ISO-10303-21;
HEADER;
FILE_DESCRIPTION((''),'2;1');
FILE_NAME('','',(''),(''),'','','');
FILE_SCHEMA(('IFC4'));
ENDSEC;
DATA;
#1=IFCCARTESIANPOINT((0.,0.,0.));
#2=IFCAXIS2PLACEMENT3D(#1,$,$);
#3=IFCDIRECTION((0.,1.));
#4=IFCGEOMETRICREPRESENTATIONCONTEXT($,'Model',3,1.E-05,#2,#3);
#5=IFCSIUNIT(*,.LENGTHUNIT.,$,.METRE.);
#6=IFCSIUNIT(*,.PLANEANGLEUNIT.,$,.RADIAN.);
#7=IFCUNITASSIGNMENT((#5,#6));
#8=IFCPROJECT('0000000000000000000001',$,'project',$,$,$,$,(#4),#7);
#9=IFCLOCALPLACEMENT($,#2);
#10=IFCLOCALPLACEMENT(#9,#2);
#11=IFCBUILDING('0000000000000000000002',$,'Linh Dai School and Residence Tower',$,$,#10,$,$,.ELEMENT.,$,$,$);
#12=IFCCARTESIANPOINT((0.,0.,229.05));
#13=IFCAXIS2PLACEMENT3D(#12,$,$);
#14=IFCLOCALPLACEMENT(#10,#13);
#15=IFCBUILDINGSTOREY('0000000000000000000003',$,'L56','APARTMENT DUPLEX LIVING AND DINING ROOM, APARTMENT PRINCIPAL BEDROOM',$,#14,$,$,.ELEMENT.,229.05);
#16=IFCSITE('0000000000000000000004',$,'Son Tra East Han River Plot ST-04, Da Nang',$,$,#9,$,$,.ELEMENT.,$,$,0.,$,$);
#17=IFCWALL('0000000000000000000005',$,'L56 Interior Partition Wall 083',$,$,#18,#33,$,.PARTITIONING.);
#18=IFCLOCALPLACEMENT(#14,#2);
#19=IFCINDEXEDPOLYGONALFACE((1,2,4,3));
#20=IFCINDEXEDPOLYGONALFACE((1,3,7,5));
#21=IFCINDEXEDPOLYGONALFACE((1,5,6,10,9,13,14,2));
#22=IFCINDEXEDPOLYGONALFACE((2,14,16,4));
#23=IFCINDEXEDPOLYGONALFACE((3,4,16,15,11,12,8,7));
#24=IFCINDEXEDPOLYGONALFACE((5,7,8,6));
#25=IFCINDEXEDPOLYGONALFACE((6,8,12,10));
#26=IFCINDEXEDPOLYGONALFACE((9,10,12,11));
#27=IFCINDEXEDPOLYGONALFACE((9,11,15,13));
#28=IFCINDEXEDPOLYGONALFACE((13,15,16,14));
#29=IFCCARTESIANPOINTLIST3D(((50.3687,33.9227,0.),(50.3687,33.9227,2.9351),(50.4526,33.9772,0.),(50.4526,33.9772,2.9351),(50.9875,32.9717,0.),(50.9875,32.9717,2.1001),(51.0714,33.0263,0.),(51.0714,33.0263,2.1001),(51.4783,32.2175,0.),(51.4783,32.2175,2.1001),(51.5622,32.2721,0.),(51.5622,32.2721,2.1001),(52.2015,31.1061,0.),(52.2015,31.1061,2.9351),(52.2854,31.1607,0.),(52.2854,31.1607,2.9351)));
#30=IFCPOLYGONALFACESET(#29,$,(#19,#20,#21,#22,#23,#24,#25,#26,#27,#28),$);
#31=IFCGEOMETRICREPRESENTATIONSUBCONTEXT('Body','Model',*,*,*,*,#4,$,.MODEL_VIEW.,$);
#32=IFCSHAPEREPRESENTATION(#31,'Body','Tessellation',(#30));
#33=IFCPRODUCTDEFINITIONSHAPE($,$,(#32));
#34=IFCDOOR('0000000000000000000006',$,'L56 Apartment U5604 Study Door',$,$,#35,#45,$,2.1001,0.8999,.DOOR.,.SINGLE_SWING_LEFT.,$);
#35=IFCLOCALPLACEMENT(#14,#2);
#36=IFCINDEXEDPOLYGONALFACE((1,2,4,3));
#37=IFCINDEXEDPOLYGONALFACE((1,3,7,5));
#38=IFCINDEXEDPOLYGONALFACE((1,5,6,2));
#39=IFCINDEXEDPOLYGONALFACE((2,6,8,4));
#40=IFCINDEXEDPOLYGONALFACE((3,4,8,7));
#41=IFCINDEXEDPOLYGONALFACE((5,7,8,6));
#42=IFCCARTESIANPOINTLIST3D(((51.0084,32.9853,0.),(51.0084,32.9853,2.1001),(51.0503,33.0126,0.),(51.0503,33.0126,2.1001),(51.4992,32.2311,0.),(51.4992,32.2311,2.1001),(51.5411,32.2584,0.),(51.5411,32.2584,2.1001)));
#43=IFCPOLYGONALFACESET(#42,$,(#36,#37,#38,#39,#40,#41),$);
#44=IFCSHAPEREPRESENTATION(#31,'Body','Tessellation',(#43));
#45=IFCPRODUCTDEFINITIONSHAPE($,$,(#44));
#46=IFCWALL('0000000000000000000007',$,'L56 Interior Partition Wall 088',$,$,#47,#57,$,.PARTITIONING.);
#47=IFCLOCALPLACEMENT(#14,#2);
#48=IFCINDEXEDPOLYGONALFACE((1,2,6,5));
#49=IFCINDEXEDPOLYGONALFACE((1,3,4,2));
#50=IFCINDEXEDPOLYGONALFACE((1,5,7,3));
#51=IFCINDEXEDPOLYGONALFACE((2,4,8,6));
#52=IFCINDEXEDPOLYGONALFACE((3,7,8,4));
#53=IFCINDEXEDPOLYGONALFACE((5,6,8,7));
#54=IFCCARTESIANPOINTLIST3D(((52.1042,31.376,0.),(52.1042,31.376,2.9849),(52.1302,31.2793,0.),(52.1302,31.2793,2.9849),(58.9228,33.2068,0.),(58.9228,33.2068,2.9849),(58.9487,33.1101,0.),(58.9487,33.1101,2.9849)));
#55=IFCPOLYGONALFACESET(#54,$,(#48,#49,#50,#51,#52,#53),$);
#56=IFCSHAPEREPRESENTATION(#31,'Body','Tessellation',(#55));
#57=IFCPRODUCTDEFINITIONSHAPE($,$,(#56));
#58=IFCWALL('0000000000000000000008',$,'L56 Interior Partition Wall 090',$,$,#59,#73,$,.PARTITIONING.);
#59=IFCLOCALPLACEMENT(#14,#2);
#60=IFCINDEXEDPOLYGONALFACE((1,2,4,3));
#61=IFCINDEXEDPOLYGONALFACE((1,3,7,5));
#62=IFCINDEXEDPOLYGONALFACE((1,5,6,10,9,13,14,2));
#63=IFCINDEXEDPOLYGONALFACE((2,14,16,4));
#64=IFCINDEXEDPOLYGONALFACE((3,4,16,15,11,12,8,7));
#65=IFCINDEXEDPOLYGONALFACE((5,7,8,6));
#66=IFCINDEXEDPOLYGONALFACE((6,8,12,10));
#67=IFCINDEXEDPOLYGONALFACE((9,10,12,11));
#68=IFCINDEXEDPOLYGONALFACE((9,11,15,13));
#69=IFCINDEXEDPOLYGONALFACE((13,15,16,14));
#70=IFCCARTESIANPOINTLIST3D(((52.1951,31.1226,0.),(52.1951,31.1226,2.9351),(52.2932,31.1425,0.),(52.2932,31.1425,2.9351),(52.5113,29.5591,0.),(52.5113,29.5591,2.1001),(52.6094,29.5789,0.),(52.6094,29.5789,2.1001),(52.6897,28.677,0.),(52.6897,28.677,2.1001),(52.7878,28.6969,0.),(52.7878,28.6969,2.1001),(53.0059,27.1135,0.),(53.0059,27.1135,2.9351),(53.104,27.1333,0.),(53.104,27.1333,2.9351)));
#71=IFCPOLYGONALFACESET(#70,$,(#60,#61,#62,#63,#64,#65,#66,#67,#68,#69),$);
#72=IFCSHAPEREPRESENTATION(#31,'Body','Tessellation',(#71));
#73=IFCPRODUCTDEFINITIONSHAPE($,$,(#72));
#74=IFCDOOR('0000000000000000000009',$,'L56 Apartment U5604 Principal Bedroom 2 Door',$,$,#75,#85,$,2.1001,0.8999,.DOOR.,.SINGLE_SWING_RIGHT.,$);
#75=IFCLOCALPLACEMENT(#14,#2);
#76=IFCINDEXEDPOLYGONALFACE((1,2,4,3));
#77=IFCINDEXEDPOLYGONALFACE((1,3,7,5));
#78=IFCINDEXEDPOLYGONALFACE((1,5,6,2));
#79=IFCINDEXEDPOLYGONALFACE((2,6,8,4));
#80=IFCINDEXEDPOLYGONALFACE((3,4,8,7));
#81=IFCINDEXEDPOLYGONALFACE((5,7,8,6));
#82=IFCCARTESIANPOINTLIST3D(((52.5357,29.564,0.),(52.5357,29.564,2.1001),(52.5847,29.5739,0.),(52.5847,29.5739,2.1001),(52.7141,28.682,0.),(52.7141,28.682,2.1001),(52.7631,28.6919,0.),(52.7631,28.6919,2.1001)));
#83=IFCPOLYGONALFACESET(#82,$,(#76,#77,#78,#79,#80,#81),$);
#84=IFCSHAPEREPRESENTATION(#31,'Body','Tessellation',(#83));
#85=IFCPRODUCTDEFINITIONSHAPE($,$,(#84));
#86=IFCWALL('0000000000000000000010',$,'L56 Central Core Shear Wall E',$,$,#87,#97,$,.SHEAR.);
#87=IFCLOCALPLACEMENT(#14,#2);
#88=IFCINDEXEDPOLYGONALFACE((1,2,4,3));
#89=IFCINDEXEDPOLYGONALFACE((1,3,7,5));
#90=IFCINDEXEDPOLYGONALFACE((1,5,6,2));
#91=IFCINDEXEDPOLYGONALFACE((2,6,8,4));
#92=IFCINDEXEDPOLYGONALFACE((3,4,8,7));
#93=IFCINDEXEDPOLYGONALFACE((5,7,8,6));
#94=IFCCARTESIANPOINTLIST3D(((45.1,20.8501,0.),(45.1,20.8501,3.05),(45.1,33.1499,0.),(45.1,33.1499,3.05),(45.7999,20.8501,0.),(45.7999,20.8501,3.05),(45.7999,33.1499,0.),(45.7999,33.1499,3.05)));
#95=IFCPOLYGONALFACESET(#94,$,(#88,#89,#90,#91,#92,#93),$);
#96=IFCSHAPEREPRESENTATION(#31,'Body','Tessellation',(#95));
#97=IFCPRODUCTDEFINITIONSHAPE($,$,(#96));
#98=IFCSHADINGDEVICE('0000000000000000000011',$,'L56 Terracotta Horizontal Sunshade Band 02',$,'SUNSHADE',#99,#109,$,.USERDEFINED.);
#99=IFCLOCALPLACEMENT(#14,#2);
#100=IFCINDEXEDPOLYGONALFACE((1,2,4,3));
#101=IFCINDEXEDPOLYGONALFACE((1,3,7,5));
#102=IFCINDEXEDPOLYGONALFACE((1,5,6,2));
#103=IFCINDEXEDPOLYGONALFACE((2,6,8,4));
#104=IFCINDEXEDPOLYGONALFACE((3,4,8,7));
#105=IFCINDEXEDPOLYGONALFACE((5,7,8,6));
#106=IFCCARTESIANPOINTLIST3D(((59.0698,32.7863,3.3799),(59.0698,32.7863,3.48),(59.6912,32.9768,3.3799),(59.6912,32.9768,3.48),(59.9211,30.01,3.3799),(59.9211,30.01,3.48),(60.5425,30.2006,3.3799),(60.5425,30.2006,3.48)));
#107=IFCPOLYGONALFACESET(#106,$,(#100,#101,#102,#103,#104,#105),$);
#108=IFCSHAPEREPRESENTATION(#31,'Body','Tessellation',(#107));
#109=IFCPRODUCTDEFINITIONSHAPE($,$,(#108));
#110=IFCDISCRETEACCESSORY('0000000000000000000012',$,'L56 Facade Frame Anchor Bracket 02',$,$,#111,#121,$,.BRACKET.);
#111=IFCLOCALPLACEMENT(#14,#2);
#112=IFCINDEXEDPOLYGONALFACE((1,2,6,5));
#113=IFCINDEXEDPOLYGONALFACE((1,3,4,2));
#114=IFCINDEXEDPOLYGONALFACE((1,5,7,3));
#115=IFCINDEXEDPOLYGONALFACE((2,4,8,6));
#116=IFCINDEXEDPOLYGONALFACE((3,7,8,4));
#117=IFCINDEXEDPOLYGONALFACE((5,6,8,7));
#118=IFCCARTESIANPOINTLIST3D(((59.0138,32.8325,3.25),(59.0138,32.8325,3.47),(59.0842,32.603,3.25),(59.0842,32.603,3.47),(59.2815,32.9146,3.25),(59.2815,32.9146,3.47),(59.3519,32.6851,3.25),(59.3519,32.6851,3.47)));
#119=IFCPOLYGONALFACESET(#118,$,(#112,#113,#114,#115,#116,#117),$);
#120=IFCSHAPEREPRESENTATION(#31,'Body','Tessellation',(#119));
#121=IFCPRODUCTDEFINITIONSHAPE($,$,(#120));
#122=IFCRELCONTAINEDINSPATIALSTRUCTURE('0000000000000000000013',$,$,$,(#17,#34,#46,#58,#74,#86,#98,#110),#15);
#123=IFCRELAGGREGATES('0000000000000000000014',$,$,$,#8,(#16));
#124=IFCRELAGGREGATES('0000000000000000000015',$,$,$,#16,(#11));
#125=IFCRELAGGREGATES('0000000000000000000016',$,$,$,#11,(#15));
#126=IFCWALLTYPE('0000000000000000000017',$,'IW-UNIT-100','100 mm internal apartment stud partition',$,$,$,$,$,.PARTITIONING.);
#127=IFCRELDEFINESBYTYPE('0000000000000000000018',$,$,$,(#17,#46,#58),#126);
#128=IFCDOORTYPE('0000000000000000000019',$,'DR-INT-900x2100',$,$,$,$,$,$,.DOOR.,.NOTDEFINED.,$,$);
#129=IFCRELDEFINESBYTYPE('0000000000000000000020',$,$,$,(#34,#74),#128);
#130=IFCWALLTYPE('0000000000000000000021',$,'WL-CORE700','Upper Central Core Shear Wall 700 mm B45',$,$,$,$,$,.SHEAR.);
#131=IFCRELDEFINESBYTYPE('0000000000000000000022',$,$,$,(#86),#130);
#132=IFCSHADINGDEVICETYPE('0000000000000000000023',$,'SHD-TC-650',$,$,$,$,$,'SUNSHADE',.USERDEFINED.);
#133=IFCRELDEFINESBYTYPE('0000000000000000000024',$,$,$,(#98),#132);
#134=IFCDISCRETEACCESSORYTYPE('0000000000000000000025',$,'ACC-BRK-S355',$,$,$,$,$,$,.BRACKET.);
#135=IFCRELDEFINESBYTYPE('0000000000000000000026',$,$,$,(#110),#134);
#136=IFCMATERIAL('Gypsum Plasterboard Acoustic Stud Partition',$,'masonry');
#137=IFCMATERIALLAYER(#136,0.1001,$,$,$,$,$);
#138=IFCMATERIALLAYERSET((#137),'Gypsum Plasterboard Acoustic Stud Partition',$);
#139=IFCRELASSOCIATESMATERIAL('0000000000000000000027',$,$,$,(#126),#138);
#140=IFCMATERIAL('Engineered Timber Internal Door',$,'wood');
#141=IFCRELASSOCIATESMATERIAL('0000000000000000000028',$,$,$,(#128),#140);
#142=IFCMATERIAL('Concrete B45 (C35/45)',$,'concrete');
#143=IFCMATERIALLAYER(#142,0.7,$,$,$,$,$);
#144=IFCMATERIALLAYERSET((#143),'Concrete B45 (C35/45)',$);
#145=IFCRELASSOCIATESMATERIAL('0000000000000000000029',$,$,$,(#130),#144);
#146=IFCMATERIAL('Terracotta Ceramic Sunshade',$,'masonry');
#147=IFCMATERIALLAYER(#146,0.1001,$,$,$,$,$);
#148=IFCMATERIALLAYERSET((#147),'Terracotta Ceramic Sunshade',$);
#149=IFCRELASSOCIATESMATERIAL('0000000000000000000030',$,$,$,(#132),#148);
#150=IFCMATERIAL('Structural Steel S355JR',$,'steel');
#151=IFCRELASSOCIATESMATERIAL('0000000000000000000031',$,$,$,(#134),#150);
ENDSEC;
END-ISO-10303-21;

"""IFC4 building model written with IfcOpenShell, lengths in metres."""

from ifc_helpers import new_model, si_unit, direction, frame, frame_2d, origin, origin_2d, place, context, subcontext, project, spatial, rectangle, extrude, source, transform, mapped, material, layer, layer_set, type_object, element, fill, save


model = new_model("IFC4")

# Units and contexts
model_context = context("Model", 3, precision=1e-05, world=origin(), true_north=direction((0.0, 1.0)))
body_context = subcontext(model_context, "Body", "Model", "MODEL_VIEW")
ifc_project = project(units=[si_unit("LENGTHUNIT", "METRE"), si_unit("PLANEANGLEUNIT", "RADIAN")], contexts=[model_context])

# Site, building, storey
site_placement = place(None, origin())
site = spatial("IfcSite", under=ifc_project, at=site_placement, Name="Son Tra East Han River Plot ST-04, Da Nang", CompositionType="ELEMENT", RefElevation=0.0)
building_placement = place(site_placement, origin())
building = spatial("IfcBuilding", under=site, at=building_placement, Name="Linh Dai School and Residence Tower", CompositionType="ELEMENT")
storey_placement = place(building_placement, frame((0.0, 0.0, 229.05)))
storey = spatial("IfcBuildingStorey", under=building, at=storey_placement, Name="L56", Description="APARTMENT DUPLEX LIVING AND DINING ROOM, APARTMENT PRINCIPAL BEDROOM", CompositionType="ELEMENT", Elevation=229.05)

# Shared definitions
ifc_material_1 = material(Name="Concrete B45 (C35/45)", Category="concrete")
ifc_material_2 = material(Name="Structural Steel S355JR", Category="steel")

# Wall, opening, door
ifc_material_3 = material(Name="Gypsum Plasterboard Acoustic Stud Partition", Category="masonry")
ifc_layer_1 = layer(ifc_material_3, 0.1001)
ifc_layer_set_1 = layer_set([ifc_layer_1], Name="Gypsum Plasterboard Acoustic Stud Partition")
wall_type_1 = type_object("IfcWallType", Name="IW-UNIT-100", Description="100 mm internal apartment stud partition", PredefinedType="PARTITIONING", material=ifc_layer_set_1)
wall_1_placement = place(storey_placement, frame((50.4106, 33.95, 0.0), z_axis=(0.0, 0.0, 1.0), x_axis=(0.545428, -0.838158, 0.0)))
wall_1 = element("IfcWall", 1, at=wall_1_placement, inside=storey, type_object=wall_type_1, Name="L56 Interior Partition Wall 083", PredefinedType="PARTITIONING", context=body_context, shape_type="SweptSolid", body=[
    extrude(rectangle(XDim=3.3604, YDim=0.1001, at=frame_2d((1.6802, 0.0))), origin(), (0.0, 0.0, 1.0), 2.9351),
])
opening_1_placement = place(wall_1_placement, frame((1.1345, 0.0, 0.0)))
opening_1 = element("IfcOpeningElement", 2, at=opening_1_placement, cuts=wall_1, PredefinedType="OPENING", context=body_context, shape_type="SweptSolid", body=[
    extrude(rectangle(XDim=0.8999, YDim=2.1001, at=origin_2d()), frame((0.45, 0.0601, 1.05), z_axis=(0.0, -1.0, 0.0), x_axis=(1.0, 0.0, 0.0)), (0.0, 0.0, 1.0), 0.1201),
])
ifc_material_4 = material(Name="Engineered Timber Internal Door", Category="wood")
door_type = type_object("IfcDoorType", Name="DR-INT-900x2100", OperationType="NOTDEFINED", PredefinedType="DOOR", material=ifc_material_4)
shared_shape_1 = source(origin(), body_context, "Body", "SweptSolid", [
    extrude(rectangle(XDim=0.8999, YDim=2.1001, at=origin_2d()), frame((0.45, 0.0249, 1.05), z_axis=(0.0, -1.0, 0.0), x_axis=(1.0, 0.0, 0.0)), (0.0, 0.0, 1.0), 0.05),
])
door_1_placement = place(opening_1_placement, origin())
door_1 = element("IfcDoor", 3, at=door_1_placement, inside=storey, type_object=door_type, Name="L56 Apartment U5604 Study Door", OperationType="SINGLE_SWING_LEFT", OverallHeight=2.1001, OverallWidth=0.8999, PredefinedType="DOOR", context=body_context, shape_type="MappedRepresentation", body=[
    mapped(shared_shape_1, transform((0.0, 0.0, 0.0), x_axis=(1.0, 0.0, 0.0), y_axis=(0.0, 1.0, 0.0), z_axis=(0.0, 0.0, 1.0), scale=1.0)),
])
fill(opening_1, door_1)

# Wall
wall_2_placement = place(storey_placement, frame((52.1172, 31.3276, 0.0), z_axis=(0.0, 0.0, 1.0), x_axis=(0.965792, 0.259317, 0.0)))
element("IfcWall", 4, at=wall_2_placement, inside=storey, type_object=wall_type_1, Name="L56 Interior Partition Wall 088", PredefinedType="PARTITIONING", context=body_context, shape_type="SweptSolid", body=[
    extrude(rectangle(XDim=7.0601, YDim=0.1001, at=frame_2d((3.53, 0.0))), origin(), (0.0, 0.0, 1.0), 2.9849),
])

# Wall, opening, door
wall_3_placement = place(storey_placement, frame((52.2441, 31.1326, 0.0), z_axis=(0.0, 0.0, 1.0), x_axis=(0.198216, -0.980158, 0.0)))
wall_3 = element("IfcWall", 5, at=wall_3_placement, inside=storey, type_object=wall_type_1, Name="L56 Interior Partition Wall 090", PredefinedType="PARTITIONING", context=body_context, shape_type="SweptSolid", body=[
    extrude(rectangle(XDim=4.0903, YDim=0.1001, at=frame_2d((2.0452, 0.0))), origin(), (0.0, 0.0, 1.0), 2.9351),
])
opening_2_placement = place(wall_3_placement, frame((1.5952, 0.0, 0.0)))
opening_2 = element("IfcOpeningElement", 6, at=opening_2_placement, cuts=wall_3, PredefinedType="OPENING", context=body_context, shape_type="SweptSolid", body=[
    extrude(rectangle(XDim=0.8999, YDim=2.1001, at=origin_2d()), frame((0.45, 0.0601, 1.05), z_axis=(0.0, -1.0, 0.0), x_axis=(1.0, 0.0, 0.0)), (0.0, 0.0, 1.0), 0.1201),
])
door_2_placement = place(opening_2_placement, origin())
door_2 = element("IfcDoor", 7, at=door_2_placement, inside=storey, type_object=door_type, Name="L56 Apartment U5604 Principal Bedroom 2 Door", OperationType="SINGLE_SWING_RIGHT", OverallHeight=2.1001, OverallWidth=0.8999, PredefinedType="DOOR", context=body_context, shape_type="MappedRepresentation", body=[
    mapped(shared_shape_1, transform((0.0, 0.0, 0.0), x_axis=(1.0, 0.0, 0.0), y_axis=(0.0, 1.0, 0.0), z_axis=(0.0, 0.0, 1.0), scale=1.0)),
])
fill(opening_2, door_2)

# Wall
ifc_layer_2 = layer(ifc_material_1, 0.7)
ifc_layer_set_2 = layer_set([ifc_layer_2], Name="Concrete B45 (C35/45)")
wall_type_2 = type_object("IfcWallType", Name="WL-CORE700", Description="Upper Central Core Shear Wall 700 mm B45", PredefinedType="SHEAR", material=ifc_layer_set_2)
wall_4_placement = place(storey_placement, frame((45.45, 33.1499, 0.0), z_axis=(0.0, 0.0, 1.0), x_axis=(0.0, -1.0, 0.0)))
element("IfcWall", 8, at=wall_4_placement, inside=storey, type_object=wall_type_2, Name="L56 Central Core Shear Wall E", PredefinedType="SHEAR", context=body_context, shape_type="SweptSolid", body=[
    extrude(rectangle(XDim=12.2998, YDim=0.7, at=frame_2d((6.1499, 0.0))), origin(), (0.0, 0.0, 1.0), 3.05),
])

# Shading device
ifc_material_5 = material(Name="Terracotta Ceramic Sunshade", Category="masonry")
ifc_layer_3 = layer(ifc_material_5, 0.1001)
ifc_layer_set_3 = layer_set([ifc_layer_3], Name="Terracotta Ceramic Sunshade")
shading_device_type = type_object("IfcShadingDeviceType", Name="SHD-TC-650", ElementType="SUNSHADE", PredefinedType="USERDEFINED", material=ifc_layer_set_3)
shared_shape_2 = source(origin(), body_context, "Body", "SweptSolid", [
    extrude(rectangle(XDim=2.9038, YDim=0.6499, at=origin_2d()), origin(), (0.0, 0.0, 1.0), 0.1001),
])
shading_device_placement = place(storey_placement, frame((59.8062, 31.4934, 3.3799), z_axis=(0.0, 0.0, 1.0), x_axis=(0.293157, -0.956064, 0.0)))
element("IfcShadingDevice", 9, at=shading_device_placement, inside=storey, type_object=shading_device_type, Name="L56 Terracotta Horizontal Sunshade Band 02", ObjectType="SUNSHADE", PredefinedType="USERDEFINED", context=body_context, shape_type="MappedRepresentation", body=[
    mapped(shared_shape_2, transform((0.0, 0.0, 0.0), x_axis=(1.0, 0.0, 0.0), y_axis=(0.0, 1.0, 0.0), z_axis=(0.0, 0.0, 1.0), scale=1.0)),
])

# Discrete accessory
discrete_accessory_type = type_object("IfcDiscreteAccessoryType", Name="ACC-BRK-S355", PredefinedType="BRACKET", material=ifc_material_2)
shared_shape_3 = source(origin(), body_context, "Body", "SweptSolid", [
    extrude(rectangle(XDim=0.28, YDim=0.24, at=origin_2d()), origin(), (0.0, 0.0, 1.0), 0.22),
])
discrete_accessory_placement = place(storey_placement, frame((59.1829, 32.7588, 3.25), z_axis=(0.0, 0.0, 1.0), x_axis=(0.956064, 0.293157, 0.0)))
element("IfcDiscreteAccessory", 10, at=discrete_accessory_placement, inside=storey, type_object=discrete_accessory_type, Name="L56 Facade Frame Anchor Bracket 02", PredefinedType="BRACKET", context=body_context, shape_type="MappedRepresentation", body=[
    mapped(shared_shape_3, transform((0.0, 0.0, 0.0), x_axis=(1.0, 0.0, 0.0), y_axis=(0.0, 1.0, 0.0), z_axis=(0.0, 0.0, 1.0), scale=1.0)),
])

save(model, "model.ifc")
